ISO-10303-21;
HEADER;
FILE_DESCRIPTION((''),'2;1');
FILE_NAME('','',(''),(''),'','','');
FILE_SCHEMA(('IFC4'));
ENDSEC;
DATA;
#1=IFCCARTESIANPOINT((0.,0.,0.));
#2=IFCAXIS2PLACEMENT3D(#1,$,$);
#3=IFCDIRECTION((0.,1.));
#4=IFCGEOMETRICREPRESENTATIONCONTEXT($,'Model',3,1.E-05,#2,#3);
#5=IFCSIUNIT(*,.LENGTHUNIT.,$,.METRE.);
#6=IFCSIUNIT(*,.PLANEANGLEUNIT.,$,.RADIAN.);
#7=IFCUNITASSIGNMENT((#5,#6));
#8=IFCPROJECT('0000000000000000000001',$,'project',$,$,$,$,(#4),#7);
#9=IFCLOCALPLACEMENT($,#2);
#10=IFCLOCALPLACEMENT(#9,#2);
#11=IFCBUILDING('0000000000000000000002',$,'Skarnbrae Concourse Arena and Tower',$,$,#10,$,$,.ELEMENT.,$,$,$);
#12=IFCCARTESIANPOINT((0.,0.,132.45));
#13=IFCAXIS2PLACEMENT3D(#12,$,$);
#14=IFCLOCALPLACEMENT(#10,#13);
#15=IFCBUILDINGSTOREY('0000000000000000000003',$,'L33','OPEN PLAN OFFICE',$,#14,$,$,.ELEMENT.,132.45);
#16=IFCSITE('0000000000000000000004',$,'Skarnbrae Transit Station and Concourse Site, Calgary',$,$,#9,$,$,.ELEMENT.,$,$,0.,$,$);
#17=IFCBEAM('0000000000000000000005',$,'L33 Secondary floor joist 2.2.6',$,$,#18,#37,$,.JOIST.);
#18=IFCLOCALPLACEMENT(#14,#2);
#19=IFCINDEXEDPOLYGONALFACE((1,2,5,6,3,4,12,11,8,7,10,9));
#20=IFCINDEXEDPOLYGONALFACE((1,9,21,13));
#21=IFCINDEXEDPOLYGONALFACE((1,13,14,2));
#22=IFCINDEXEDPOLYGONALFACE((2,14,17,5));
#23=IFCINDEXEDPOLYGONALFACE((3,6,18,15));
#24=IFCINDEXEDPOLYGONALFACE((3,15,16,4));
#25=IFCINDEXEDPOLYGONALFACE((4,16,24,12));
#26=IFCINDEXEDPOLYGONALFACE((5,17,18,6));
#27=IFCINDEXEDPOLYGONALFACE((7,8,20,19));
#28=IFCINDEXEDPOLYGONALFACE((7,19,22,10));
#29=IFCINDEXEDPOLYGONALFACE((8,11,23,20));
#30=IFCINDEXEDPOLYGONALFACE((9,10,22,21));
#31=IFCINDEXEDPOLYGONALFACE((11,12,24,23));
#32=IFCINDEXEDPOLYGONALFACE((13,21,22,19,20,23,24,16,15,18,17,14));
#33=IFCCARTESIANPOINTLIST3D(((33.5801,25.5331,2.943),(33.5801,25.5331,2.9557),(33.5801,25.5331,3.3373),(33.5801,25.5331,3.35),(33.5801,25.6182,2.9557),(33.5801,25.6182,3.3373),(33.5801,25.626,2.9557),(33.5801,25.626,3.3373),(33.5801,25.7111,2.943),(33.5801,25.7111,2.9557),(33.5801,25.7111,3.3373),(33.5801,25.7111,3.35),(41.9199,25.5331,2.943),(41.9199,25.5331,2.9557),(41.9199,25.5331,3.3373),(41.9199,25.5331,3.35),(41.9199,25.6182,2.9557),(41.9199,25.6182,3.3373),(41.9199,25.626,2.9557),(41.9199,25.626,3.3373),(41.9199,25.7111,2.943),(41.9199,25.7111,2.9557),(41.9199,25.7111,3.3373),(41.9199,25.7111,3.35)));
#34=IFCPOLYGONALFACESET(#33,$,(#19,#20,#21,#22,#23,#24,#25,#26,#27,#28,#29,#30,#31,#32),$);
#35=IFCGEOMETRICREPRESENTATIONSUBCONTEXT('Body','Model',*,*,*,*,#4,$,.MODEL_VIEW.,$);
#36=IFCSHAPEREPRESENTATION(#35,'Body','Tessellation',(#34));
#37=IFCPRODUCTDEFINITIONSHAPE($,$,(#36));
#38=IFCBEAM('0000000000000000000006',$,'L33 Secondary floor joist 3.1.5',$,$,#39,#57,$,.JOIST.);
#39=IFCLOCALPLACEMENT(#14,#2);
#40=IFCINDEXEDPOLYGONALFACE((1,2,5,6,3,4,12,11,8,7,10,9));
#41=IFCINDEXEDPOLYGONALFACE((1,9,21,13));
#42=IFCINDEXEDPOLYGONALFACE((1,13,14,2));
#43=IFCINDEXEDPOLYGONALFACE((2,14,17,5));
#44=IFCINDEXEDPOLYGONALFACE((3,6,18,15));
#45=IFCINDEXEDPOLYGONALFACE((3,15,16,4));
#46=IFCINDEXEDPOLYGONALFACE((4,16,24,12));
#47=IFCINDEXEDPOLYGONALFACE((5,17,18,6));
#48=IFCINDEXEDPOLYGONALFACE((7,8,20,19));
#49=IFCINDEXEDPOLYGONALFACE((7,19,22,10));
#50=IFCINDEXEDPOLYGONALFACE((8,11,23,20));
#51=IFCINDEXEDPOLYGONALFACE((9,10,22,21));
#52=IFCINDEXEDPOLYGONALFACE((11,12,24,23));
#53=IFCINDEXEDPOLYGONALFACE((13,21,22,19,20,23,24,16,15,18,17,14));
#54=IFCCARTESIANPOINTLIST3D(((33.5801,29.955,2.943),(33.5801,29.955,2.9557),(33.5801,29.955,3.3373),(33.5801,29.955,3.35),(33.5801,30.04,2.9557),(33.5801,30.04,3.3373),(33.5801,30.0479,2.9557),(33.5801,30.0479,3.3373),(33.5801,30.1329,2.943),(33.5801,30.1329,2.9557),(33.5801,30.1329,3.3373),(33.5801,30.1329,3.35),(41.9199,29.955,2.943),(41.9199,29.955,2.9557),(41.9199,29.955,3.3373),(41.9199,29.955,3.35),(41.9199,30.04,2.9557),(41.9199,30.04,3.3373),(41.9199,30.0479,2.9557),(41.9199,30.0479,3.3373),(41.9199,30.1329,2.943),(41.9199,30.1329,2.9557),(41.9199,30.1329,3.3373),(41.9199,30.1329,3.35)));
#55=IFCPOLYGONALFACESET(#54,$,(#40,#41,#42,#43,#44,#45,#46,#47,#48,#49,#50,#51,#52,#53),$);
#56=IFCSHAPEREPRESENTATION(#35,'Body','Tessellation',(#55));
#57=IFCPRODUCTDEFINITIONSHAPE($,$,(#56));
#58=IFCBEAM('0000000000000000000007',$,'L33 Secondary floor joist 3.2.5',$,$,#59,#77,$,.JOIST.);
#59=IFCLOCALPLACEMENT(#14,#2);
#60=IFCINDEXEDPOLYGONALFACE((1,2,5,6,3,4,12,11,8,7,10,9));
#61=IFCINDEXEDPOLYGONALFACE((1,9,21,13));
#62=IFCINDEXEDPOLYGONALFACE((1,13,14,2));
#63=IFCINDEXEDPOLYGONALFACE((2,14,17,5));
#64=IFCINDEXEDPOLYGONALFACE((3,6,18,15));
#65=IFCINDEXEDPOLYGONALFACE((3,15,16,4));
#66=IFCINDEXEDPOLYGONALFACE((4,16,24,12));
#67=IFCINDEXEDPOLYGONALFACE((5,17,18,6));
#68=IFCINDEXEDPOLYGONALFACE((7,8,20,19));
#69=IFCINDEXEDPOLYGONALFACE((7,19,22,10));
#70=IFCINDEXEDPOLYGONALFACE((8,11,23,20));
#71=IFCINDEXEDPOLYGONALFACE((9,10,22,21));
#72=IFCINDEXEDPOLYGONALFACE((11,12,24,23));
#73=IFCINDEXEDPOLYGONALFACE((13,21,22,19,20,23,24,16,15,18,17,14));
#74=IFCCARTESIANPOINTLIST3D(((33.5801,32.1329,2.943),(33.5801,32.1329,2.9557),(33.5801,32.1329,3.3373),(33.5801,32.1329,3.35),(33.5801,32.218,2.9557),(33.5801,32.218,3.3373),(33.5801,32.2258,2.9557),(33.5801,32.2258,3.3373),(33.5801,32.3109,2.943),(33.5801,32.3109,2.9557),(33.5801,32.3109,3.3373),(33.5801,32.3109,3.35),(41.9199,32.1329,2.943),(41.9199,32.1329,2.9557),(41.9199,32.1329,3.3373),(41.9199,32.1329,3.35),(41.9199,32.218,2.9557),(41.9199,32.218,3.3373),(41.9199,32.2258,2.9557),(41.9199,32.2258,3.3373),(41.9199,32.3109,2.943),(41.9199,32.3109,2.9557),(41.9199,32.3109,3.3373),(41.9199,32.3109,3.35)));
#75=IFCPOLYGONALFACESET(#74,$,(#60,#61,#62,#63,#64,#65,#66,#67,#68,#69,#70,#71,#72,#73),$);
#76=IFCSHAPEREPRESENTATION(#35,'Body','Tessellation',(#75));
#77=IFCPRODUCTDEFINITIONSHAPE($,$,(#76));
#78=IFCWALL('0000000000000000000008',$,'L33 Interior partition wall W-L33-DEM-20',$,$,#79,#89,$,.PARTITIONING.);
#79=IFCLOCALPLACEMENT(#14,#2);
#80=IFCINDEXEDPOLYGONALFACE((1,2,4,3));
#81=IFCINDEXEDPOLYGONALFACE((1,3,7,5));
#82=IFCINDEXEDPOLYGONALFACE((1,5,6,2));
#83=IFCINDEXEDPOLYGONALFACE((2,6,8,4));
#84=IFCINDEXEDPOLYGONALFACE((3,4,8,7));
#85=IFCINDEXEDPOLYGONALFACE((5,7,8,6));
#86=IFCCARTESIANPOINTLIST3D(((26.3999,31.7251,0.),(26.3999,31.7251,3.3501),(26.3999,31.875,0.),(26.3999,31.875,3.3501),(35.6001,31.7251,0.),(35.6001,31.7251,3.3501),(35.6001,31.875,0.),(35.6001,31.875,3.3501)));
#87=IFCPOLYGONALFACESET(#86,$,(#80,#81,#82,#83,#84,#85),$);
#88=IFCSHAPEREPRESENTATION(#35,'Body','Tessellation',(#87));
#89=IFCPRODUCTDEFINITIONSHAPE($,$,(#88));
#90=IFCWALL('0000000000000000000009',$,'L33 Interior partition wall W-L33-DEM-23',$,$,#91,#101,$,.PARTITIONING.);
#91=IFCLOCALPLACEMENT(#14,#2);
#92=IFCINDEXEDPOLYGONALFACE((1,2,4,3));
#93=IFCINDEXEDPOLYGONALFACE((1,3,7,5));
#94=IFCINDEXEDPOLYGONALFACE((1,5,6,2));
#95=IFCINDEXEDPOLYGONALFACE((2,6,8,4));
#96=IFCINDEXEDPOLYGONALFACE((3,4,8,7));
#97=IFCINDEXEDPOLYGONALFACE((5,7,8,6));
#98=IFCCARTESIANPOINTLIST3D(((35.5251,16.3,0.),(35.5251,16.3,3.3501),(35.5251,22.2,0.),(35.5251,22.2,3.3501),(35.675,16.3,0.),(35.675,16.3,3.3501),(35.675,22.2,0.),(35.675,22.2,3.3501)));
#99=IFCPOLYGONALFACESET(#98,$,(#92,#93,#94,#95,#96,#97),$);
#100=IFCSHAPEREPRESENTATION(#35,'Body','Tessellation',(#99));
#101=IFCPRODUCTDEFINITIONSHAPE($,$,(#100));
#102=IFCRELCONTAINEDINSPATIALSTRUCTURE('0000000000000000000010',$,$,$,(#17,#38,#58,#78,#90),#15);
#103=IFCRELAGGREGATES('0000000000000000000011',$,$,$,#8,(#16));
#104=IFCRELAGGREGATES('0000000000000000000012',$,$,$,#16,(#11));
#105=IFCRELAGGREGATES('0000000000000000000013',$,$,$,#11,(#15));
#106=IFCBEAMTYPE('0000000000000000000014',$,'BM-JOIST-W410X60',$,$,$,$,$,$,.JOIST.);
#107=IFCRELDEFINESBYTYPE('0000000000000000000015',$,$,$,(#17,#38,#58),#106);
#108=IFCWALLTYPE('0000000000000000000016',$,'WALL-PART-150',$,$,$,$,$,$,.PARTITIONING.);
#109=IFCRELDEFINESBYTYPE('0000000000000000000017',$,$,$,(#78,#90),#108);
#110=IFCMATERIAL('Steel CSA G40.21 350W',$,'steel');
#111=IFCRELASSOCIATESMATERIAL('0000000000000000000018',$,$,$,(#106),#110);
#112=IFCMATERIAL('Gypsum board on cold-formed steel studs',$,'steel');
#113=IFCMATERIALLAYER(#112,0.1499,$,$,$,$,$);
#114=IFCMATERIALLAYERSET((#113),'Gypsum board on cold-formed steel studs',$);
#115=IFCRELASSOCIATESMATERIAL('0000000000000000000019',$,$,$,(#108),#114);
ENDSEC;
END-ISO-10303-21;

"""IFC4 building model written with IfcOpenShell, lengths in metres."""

from ifc_helpers import new_model, si_unit, direction, frame, frame_2d, origin, origin_2d, place, context, subcontext, project, spatial, rectangle, i_section, extrude, source, transform, mapped, material, layer, layer_set, material_profile, profile_set, type_object, element, save


model = new_model("IFC4")

# Units and contexts
model_context = context("Model", 3, precision=1e-05, world=origin(), true_north=direction((0.0, 1.0)))
body_context = subcontext(model_context, "Body", "Model", "MODEL_VIEW")
ifc_project = project(units=[si_unit("LENGTHUNIT", "METRE"), si_unit("PLANEANGLEUNIT", "RADIAN")], contexts=[model_context])

# Site, building, storey
site_placement = place(None, origin())
site = spatial("IfcSite", under=ifc_project, at=site_placement, Name="Skarnbrae Transit Station and Concourse Site, Calgary", CompositionType="ELEMENT", RefElevation=0.0)
building_placement = place(site_placement, origin())
building = spatial("IfcBuilding", under=site, at=building_placement, Name="Skarnbrae Concourse Arena and Tower", CompositionType="ELEMENT")
storey_placement = place(building_placement, frame((0.0, 0.0, 132.45)))
storey = spatial("IfcBuildingStorey", under=building, at=storey_placement, Name="L33", Description="OPEN PLAN OFFICE", CompositionType="ELEMENT", Elevation=132.45)

# Shared definitions
ifc_material_1 = material(Name="Steel CSA G40.21 350W", Category="steel")

# Beams
ifc_material_profile_1 = material_profile(ifc_material_1, i_section(OverallWidth=0.178, OverallDepth=0.407, WebThickness=0.0078, FlangeThickness=0.0127, at=origin_2d()), Name="W410X60")
ifc_profile_set_1 = profile_set([ifc_material_profile_1], Name="Steel CSA G40.21 350W")
beam_type_1 = type_object("IfcBeamType", Name="BM-JOIST-W410X60", PredefinedType="JOIST", material=ifc_profile_set_1)
shared_shape_1 = source(origin(), body_context, "Body", "SweptSolid", [
    extrude(i_section(OverallWidth=0.178, OverallDepth=0.407, WebThickness=0.0078, FlangeThickness=0.0127, at=origin_2d()), origin(), (0.0, 0.0, 1.0), 8.3398),
])
for number, where, z_axis, x_axis, name in (
    (1, (33.5801, 25.6221, 3.1465), (1.0, 0.0, 0.0), (0.0, 1.0, 0.0), "L33 Secondary floor joist 2.2.6"),
    (2, (33.5801, 30.0439, 3.1465), (1.0, 0.0, 0.0), (0.0, 1.0, 0.0), "L33 Secondary floor joist 3.1.5"),
    (3, (33.5801, 32.2219, 3.1465), (1.0, 0.0, 0.0), (0.0, 1.0, 0.0), "L33 Secondary floor joist 3.2.5"),
):
    element("IfcBeam", number, at=place(storey_placement, frame(where, z_axis=z_axis, x_axis=x_axis)), inside=storey, type_object=beam_type_1, Name=name, PredefinedType="JOIST", context=body_context, shape_type="MappedRepresentation", body=[
        mapped(shared_shape_1, transform((0.0, 0.0, 0.0))),
    ])

# Walls
ifc_material_2 = material(Name="Gypsum board on cold-formed steel studs", Category="steel")
ifc_layer = layer(ifc_material_2, 0.1499)
ifc_layer_set = layer_set([ifc_layer], Name="Gypsum board on cold-formed steel studs")
wall_type = type_object("IfcWallType", Name="WALL-PART-150", PredefinedType="PARTITIONING", material=ifc_layer_set)
shared_shape_2 = source(origin(), body_context, "Body", "SweptSolid", [
    extrude(rectangle(XDim=9.2002, YDim=0.1499, at=frame_2d((4.6001, 0.0))), origin(), (0.0, 0.0, 1.0), 3.3501),
])
wall_1_placement = place(storey_placement, frame((35.6001, 31.8, 0.0), z_axis=(0.0, 0.0, 1.0), x_axis=(-1.0, 0.0, 0.0)))
element("IfcWall", 4, at=wall_1_placement, inside=storey, type_object=wall_type, Name="L33 Interior partition wall W-L33-DEM-20", PredefinedType="PARTITIONING", context=body_context, shape_type="MappedRepresentation", body=[
    mapped(shared_shape_2, transform((0.0, 0.0, 0.0))),
])
shared_shape_3 = source(origin(), body_context, "Body", "SweptSolid", [
    extrude(rectangle(XDim=5.8999, YDim=0.1499, at=frame_2d((2.95, 0.0))), origin(), (0.0, 0.0, 1.0), 3.3501),
])
wall_2_placement = place(storey_placement, frame((35.6001, 22.2, 0.0), z_axis=(0.0, 0.0, 1.0), x_axis=(0.0, -1.0, 0.0)))
element("IfcWall", 5, at=wall_2_placement, inside=storey, type_object=wall_type, Name="L33 Interior partition wall W-L33-DEM-23", PredefinedType="PARTITIONING", context=body_context, shape_type="MappedRepresentation", body=[
    mapped(shared_shape_3, transform((0.0, 0.0, 0.0))),
])

save(model, "model.ifc")
